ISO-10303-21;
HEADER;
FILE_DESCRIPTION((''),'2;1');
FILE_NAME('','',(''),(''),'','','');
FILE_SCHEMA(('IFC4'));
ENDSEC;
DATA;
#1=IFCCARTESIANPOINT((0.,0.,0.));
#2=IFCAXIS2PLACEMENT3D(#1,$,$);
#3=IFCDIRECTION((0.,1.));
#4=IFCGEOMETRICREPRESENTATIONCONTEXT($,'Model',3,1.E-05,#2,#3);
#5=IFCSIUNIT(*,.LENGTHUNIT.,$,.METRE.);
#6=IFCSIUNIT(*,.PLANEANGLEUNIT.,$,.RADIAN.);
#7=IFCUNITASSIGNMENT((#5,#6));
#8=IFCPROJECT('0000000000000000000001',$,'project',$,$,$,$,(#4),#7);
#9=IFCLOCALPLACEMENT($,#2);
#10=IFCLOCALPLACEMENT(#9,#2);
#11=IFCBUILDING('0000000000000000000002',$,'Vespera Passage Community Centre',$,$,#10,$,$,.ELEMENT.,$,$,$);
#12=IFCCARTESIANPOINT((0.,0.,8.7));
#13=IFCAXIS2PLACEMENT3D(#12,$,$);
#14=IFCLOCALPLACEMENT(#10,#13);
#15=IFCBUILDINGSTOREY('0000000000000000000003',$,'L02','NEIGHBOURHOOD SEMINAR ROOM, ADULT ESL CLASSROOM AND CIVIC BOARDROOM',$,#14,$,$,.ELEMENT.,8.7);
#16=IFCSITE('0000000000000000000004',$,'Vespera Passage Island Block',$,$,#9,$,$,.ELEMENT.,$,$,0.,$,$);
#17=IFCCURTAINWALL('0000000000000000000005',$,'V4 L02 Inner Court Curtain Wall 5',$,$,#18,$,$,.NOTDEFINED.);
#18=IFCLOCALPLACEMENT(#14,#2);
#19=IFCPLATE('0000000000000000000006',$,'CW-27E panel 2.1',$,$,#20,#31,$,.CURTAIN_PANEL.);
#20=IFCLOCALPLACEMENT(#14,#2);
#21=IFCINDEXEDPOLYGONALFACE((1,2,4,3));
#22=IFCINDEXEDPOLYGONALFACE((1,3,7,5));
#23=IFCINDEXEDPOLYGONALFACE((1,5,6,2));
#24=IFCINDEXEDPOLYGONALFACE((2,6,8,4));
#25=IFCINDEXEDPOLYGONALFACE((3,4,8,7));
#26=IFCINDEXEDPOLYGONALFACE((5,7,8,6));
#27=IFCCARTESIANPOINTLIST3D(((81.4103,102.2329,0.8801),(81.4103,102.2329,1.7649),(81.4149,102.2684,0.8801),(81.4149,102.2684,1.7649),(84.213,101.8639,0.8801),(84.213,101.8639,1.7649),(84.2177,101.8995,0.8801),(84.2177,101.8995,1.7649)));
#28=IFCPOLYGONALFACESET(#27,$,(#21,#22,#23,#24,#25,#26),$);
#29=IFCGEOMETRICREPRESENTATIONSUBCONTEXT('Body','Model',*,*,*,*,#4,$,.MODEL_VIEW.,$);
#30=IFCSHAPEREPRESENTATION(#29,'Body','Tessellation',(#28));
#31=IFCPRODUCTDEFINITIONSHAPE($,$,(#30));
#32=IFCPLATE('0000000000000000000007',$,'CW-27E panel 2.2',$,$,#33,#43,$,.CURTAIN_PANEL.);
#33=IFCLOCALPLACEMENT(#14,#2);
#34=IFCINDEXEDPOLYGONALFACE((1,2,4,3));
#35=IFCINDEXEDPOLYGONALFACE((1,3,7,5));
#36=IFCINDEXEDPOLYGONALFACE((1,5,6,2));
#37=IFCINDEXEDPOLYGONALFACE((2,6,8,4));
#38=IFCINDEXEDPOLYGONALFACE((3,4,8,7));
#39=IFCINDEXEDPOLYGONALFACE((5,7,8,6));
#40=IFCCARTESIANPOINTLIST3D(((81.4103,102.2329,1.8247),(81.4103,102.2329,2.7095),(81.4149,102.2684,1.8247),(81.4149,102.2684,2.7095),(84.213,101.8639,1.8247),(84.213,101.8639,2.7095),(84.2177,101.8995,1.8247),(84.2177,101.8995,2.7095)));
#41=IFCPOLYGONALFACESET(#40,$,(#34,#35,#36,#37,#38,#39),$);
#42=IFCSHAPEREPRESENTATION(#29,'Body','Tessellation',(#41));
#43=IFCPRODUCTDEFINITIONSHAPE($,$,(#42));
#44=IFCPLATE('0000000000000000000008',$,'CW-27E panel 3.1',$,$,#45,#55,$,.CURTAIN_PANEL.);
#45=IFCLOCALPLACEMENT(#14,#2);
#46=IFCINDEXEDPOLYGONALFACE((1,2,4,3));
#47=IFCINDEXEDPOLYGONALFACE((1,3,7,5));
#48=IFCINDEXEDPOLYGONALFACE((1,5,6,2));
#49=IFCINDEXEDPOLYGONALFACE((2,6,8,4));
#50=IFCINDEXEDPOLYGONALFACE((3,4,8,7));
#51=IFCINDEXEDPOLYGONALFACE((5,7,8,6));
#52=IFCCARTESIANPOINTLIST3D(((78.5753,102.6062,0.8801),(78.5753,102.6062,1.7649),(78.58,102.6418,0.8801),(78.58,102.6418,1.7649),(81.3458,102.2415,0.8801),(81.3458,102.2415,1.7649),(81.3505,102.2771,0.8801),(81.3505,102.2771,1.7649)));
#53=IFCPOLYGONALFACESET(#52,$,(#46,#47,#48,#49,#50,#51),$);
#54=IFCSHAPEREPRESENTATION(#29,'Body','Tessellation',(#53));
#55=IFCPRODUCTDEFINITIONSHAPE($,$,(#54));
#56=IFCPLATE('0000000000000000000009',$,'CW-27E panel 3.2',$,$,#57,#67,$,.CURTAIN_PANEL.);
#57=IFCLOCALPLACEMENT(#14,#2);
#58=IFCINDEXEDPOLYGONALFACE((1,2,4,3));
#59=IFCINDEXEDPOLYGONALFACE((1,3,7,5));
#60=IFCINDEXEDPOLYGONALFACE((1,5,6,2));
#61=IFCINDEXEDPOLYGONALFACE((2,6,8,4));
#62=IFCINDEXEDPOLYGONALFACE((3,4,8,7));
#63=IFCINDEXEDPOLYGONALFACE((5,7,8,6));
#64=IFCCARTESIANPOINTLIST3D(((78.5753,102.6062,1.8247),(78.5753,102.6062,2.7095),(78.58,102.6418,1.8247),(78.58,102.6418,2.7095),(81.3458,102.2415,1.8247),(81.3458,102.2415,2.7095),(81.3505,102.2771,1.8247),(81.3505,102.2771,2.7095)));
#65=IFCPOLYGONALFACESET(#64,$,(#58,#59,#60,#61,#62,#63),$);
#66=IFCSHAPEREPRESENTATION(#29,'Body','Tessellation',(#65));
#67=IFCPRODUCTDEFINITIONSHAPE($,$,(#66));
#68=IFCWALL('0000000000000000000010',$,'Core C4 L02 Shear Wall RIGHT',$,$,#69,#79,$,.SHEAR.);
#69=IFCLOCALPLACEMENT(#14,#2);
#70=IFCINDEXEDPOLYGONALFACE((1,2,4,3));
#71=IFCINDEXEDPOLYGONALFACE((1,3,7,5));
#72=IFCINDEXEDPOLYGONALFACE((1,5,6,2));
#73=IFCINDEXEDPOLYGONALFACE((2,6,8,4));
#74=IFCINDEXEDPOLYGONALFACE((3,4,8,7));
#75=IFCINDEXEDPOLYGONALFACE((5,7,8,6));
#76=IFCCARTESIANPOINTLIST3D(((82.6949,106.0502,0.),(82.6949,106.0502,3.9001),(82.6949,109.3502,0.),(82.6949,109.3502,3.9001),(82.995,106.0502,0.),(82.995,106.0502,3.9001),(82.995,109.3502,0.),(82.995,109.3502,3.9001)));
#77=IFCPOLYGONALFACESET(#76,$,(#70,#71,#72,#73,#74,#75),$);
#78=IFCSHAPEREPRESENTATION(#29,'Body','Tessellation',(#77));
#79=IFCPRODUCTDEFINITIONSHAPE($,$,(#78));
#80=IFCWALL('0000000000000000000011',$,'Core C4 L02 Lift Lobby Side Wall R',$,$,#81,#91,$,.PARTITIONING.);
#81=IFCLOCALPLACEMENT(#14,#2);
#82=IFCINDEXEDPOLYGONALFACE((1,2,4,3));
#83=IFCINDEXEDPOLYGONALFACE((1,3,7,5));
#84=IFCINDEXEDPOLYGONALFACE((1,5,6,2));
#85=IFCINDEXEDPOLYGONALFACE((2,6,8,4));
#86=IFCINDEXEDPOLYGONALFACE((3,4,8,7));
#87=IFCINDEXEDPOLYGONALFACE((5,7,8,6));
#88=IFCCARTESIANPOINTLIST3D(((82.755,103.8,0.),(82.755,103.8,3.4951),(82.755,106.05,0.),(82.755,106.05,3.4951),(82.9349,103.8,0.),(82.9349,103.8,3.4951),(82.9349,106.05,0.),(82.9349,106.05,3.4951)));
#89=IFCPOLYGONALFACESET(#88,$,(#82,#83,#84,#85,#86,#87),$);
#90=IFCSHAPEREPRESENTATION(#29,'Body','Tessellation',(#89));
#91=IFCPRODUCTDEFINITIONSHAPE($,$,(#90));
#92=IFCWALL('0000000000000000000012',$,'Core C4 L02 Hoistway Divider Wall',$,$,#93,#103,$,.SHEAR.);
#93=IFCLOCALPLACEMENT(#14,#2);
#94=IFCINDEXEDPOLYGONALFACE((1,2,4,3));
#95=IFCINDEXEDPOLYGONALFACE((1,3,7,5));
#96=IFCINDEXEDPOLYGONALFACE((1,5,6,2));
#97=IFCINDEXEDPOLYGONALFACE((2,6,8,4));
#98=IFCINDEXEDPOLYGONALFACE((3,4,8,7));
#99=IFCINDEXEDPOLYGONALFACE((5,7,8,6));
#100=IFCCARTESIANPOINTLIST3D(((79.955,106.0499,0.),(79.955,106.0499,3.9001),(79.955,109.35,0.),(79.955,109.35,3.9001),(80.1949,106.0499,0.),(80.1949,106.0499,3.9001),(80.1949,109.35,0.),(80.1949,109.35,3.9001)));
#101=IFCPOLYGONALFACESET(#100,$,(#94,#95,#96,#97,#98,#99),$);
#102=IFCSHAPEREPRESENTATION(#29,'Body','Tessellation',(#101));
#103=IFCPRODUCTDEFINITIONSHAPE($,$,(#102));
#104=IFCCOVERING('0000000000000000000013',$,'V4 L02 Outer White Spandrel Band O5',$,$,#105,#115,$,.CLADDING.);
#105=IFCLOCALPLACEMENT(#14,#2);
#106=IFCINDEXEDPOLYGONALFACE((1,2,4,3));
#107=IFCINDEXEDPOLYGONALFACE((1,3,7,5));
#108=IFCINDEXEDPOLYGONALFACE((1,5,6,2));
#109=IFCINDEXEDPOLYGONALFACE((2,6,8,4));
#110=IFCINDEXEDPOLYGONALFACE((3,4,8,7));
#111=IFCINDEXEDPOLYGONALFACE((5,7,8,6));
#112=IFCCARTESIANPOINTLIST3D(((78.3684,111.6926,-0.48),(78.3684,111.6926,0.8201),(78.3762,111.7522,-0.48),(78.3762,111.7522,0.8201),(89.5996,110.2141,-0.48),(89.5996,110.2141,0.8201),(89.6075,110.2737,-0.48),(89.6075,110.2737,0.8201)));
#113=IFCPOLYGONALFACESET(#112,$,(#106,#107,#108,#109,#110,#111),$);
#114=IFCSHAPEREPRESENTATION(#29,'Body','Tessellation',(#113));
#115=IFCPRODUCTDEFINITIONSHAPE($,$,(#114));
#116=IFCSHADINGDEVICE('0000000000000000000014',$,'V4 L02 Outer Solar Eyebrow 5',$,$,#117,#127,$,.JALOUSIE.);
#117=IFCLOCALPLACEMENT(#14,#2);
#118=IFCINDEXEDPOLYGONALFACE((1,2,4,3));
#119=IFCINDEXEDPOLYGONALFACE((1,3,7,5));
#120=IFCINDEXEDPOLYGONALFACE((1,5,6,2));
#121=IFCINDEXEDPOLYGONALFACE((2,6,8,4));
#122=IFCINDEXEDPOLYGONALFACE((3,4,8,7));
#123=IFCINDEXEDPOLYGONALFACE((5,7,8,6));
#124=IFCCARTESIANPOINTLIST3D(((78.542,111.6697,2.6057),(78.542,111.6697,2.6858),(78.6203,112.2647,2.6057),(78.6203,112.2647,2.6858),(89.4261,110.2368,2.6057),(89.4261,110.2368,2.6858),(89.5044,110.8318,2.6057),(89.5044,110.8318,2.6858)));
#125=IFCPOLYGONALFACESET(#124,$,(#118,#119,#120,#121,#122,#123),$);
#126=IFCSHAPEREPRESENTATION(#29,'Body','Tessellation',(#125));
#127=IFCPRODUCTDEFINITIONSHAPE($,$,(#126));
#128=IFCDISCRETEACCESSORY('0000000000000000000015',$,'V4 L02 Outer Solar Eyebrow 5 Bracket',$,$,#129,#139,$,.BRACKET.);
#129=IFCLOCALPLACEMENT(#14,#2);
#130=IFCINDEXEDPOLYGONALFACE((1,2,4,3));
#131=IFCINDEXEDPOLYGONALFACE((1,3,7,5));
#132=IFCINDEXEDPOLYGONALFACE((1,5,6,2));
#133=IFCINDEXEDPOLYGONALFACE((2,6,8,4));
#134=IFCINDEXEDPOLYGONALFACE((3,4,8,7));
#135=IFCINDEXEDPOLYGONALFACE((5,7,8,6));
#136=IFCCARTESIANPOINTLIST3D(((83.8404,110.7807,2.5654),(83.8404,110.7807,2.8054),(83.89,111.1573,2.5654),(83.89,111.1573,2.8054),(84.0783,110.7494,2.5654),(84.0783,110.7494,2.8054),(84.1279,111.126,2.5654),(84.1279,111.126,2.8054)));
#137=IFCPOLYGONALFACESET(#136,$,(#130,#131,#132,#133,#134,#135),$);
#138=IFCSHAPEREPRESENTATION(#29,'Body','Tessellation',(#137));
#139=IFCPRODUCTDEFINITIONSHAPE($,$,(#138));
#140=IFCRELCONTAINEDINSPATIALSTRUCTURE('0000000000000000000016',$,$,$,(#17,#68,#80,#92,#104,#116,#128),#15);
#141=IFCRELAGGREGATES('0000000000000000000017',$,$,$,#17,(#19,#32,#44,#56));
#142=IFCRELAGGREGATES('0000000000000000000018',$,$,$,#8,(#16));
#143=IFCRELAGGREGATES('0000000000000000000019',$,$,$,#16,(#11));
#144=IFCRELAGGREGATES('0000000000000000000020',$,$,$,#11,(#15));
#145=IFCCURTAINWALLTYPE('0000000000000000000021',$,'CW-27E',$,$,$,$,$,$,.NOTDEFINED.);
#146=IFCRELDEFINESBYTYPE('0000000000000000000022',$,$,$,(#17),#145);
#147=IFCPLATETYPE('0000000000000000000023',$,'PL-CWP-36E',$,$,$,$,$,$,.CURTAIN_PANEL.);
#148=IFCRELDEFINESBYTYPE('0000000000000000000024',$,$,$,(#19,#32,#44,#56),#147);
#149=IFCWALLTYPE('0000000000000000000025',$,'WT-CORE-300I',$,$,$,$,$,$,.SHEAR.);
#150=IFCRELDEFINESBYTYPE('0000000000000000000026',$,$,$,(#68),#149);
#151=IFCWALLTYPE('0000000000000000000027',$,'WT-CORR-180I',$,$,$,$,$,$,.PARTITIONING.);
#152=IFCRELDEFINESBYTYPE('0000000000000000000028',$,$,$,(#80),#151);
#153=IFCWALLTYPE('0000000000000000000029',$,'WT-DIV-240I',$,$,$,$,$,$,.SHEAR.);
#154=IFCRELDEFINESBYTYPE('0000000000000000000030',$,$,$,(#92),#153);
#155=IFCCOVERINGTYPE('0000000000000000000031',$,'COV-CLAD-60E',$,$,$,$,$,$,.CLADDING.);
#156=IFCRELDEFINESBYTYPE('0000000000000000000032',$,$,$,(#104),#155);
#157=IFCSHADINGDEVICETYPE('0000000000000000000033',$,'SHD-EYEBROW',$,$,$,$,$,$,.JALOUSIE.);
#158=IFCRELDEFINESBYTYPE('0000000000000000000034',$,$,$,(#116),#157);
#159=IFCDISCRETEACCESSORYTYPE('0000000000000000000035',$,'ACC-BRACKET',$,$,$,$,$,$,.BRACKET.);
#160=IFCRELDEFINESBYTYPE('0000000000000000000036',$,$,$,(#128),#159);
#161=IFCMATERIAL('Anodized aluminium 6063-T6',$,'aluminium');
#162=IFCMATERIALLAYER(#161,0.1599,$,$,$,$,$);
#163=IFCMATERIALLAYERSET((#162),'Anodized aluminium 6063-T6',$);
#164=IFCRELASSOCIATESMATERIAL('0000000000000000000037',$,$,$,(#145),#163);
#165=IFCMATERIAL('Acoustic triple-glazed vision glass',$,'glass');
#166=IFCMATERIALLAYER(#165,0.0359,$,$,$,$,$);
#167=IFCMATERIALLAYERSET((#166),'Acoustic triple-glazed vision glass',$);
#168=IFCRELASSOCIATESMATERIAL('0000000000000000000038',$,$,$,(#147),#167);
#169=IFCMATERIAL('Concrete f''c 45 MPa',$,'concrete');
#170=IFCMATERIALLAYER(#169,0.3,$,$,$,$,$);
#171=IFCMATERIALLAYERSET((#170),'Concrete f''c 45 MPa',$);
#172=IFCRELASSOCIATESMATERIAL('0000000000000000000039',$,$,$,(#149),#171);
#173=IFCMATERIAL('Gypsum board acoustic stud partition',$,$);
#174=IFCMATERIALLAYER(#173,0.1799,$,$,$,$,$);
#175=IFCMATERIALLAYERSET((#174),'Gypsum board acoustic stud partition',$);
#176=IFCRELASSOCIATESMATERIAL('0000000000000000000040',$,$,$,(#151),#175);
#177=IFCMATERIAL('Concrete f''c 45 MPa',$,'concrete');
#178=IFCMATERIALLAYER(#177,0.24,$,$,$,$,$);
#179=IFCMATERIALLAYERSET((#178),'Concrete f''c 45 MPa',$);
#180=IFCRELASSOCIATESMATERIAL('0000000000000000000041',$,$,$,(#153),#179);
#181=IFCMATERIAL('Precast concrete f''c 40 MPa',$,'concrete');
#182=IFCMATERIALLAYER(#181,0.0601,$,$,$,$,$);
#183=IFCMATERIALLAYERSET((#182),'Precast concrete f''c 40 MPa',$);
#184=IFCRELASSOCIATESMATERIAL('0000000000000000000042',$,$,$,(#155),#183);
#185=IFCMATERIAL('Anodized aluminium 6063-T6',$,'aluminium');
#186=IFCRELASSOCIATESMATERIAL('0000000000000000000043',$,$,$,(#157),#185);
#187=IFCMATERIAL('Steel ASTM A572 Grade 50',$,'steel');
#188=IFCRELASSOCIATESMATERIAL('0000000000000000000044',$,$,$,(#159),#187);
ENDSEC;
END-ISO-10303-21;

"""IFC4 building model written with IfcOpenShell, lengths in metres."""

from ifc_helpers import new_model, si_unit, direction, frame, frame_2d, origin, origin_2d, place, context, subcontext, project, spatial, rectangle, extrude, material, layer, layer_set, type_object, element, aggregate, save


model = new_model("IFC4")

# Units and contexts
model_context = context("Model", 3, precision=1e-05, world=origin(), true_north=direction((0.0, 1.0)))
body_context = subcontext(model_context, "Body", "Model", "MODEL_VIEW")
ifc_project = project(units=[si_unit("LENGTHUNIT", "METRE"), si_unit("PLANEANGLEUNIT", "RADIAN")], contexts=[model_context])

# Site, building, storey
site_placement = place(None, origin())
site = spatial("IfcSite", under=ifc_project, at=site_placement, Name="Vespera Passage Island Block", CompositionType="ELEMENT", RefElevation=0.0)
building_placement = place(site_placement, origin())
building = spatial("IfcBuilding", under=site, at=building_placement, Name="Vespera Passage Community Centre", CompositionType="ELEMENT")
storey_placement = place(building_placement, frame((0.0, 0.0, 8.7)))
storey = spatial("IfcBuildingStorey", under=building, at=storey_placement, Name="L02", Description="NEIGHBOURHOOD SEMINAR ROOM, ADULT ESL CLASSROOM AND CIVIC BOARDROOM", CompositionType="ELEMENT", Elevation=8.7)

# Curtain wall
ifc_material_1 = material(Name="Anodized aluminium 6063-T6", Category="aluminium")
ifc_layer_1 = layer(ifc_material_1, 0.1599)
ifc_layer_set_1 = layer_set([ifc_layer_1], Name="Anodized aluminium 6063-T6")
curtain_wall_type_1 = type_object("IfcCurtainWallType", Name="CW-27E", PredefinedType="NOTDEFINED", material=ifc_layer_set_1)
curtain_wall_1_placement = place(storey_placement, origin())
curtain_wall_1 = element("IfcCurtainWall", 1, at=curtain_wall_1_placement, inside=storey, type_object=curtain_wall_type_1, Name="V4 L02 Inner Court Curtain Wall 5", PredefinedType="NOTDEFINED")

# Plates
ifc_material_2 = material(Name="Acoustic triple-glazed vision glass", Category="glass")
ifc_layer_2 = layer(ifc_material_2, 0.0359)
ifc_layer_set_2 = layer_set([ifc_layer_2], Name="Acoustic triple-glazed vision glass")
plate_type = type_object("IfcPlateType", Name="PL-CWP-36E", PredefinedType="CURTAIN_PANEL", material=ifc_layer_set_2)
plate_1_placement = place(storey_placement, frame((82.814, 102.0662, 0.8801), z_axis=(0.0, 0.0, 1.0), x_axis=(-0.991445, 0.130522, 0.0)))
plate_1 = element("IfcPlate", 2, at=plate_1_placement, type_object=plate_type, Name="CW-27E panel 2.1", PredefinedType="CURTAIN_PANEL", context=body_context, shape_type="SweptSolid", body=[
    extrude(rectangle(XDim=2.8269, YDim=0.0359, at=origin_2d()), origin(), (0.0, 0.0, 1.0), 0.8848),
])
plate_2_placement = place(storey_placement, frame((82.814, 102.0662, 1.8247), z_axis=(0.0, 0.0, 1.0), x_axis=(-0.991445, 0.130522, 0.0)))
plate_2 = element("IfcPlate", 3, at=plate_2_placement, type_object=plate_type, Name="CW-27E panel 2.2", PredefinedType="CURTAIN_PANEL", context=body_context, shape_type="SweptSolid", body=[
    extrude(rectangle(XDim=2.8269, YDim=0.0359, at=origin_2d()), origin(), (0.0, 0.0, 1.0), 0.8848),
])
plate_3_placement = place(storey_placement, frame((79.9629, 102.4417, 0.8801), z_axis=(0.0, 0.0, 1.0), x_axis=(-0.991445, 0.130522, 0.0)))
plate_3 = element("IfcPlate", 4, at=plate_3_placement, type_object=plate_type, Name="CW-27E panel 3.1", PredefinedType="CURTAIN_PANEL", context=body_context, shape_type="SweptSolid", body=[
    extrude(rectangle(XDim=2.7944, YDim=0.0359, at=origin_2d()), origin(), (0.0, 0.0, 1.0), 0.8848),
])
plate_4_placement = place(storey_placement, frame((79.9629, 102.4417, 1.8247), z_axis=(0.0, 0.0, 1.0), x_axis=(-0.991445, 0.130522, 0.0)))
plate_4 = element("IfcPlate", 5, at=plate_4_placement, type_object=plate_type, Name="CW-27E panel 3.2", PredefinedType="CURTAIN_PANEL", context=body_context, shape_type="SweptSolid", body=[
    extrude(rectangle(XDim=2.7944, YDim=0.0359, at=origin_2d()), origin(), (0.0, 0.0, 1.0), 0.8848),
])
aggregate(curtain_wall_1, [plate_1, plate_2, plate_3, plate_4])

# Shared definitions
ifc_material_3 = material(Name="Concrete f'c 45 MPa", Category="concrete")
ifc_layer_3 = layer(ifc_material_3, 0.3)
ifc_layer_set_3 = layer_set([ifc_layer_3], Name="Concrete f'c 45 MPa")
wall_type_1 = type_object("IfcWallType", Name="WT-CORE-300I", PredefinedType="SHEAR", material=ifc_layer_set_3)

# Walls
wall_1_placement = place(storey_placement, frame((82.845, 109.3501, 0.0), z_axis=(0.0, 0.0, 1.0), x_axis=(0.0, -1.0, 0.0)))
element("IfcWall", 6, at=wall_1_placement, inside=storey, type_object=wall_type_1, Name="Core C4 L02 Shear Wall RIGHT", PredefinedType="SHEAR", context=body_context, shape_type="SweptSolid", body=[
    extrude(rectangle(XDim=3.3, YDim=0.3, at=frame_2d((1.6499, 0.0))), origin(), (0.0, 0.0, 1.0), 3.9001),
])
ifc_material_4 = material(Name="Gypsum board acoustic stud partition")
ifc_layer_4 = layer(ifc_material_4, 0.1799)
ifc_layer_set_4 = layer_set([ifc_layer_4], Name="Gypsum board acoustic stud partition")
wall_type_2 = type_object("IfcWallType", Name="WT-CORR-180I", PredefinedType="PARTITIONING", material=ifc_layer_set_4)
wall_2_placement = place(storey_placement, frame((82.845, 106.05, 0.0), z_axis=(0.0, 0.0, 1.0), x_axis=(0.0, -1.0, 0.0)))
element("IfcWall", 7, at=wall_2_placement, inside=storey, type_object=wall_type_2, Name="Core C4 L02 Lift Lobby Side Wall R", PredefinedType="PARTITIONING", context=body_context, shape_type="SweptSolid", body=[
    extrude(rectangle(XDim=2.25, YDim=0.1799, at=frame_2d((1.125, 0.0))), origin(), (0.0, 0.0, 1.0), 3.4951),
])
ifc_material_5 = material(Name="Concrete f'c 45 MPa", Category="concrete")
ifc_layer_5 = layer(ifc_material_5, 0.24)
ifc_layer_set_5 = layer_set([ifc_layer_5], Name="Concrete f'c 45 MPa")
wall_type_3 = type_object("IfcWallType", Name="WT-DIV-240I", PredefinedType="SHEAR", material=ifc_layer_set_5)
wall_3_placement = place(storey_placement, frame((80.075, 106.05, 0.0), z_axis=(0.0, 0.0, 1.0), x_axis=(0.0, 1.0, 0.0)))
element("IfcWall", 8, at=wall_3_placement, inside=storey, type_object=wall_type_3, Name="Core C4 L02 Hoistway Divider Wall", PredefinedType="SHEAR", context=body_context, shape_type="SweptSolid", body=[
    extrude(rectangle(XDim=3.3, YDim=0.24, at=frame_2d((1.6499, 0.0))), origin(), (0.0, 0.0, 1.0), 3.9001),
])

# Covering
ifc_material_6 = material(Name="Precast concrete f'c 40 MPa", Category="concrete")
ifc_layer_6 = layer(ifc_material_6, 0.0601)
ifc_layer_set_6 = layer_set([ifc_layer_6], Name="Precast concrete f'c 40 MPa")
covering_type = type_object("IfcCoveringType", Name="COV-CLAD-60E", PredefinedType="CLADDING", material=ifc_layer_set_6)
covering_placement = place(storey_placement, frame((78.3723, 111.7224, -0.48), z_axis=(0.0, 0.0, 1.0), x_axis=(0.991446, -0.130518, 0.0)))
element("IfcCovering", 9, at=covering_placement, inside=storey, type_object=covering_type, Name="V4 L02 Outer White Spandrel Band O5", PredefinedType="CLADDING", context=body_context, shape_type="SweptSolid", body=[
    extrude(rectangle(XDim=11.3281, YDim=0.0601, at=frame_2d((5.6641, 0.0))), origin(), (0.0, 0.0, 1.0), 1.3),
])

# Shading device
ifc_material_7 = material(Name="Anodized aluminium 6063-T6", Category="aluminium")
shading_device_type = type_object("IfcShadingDeviceType", Name="SHD-EYEBROW", PredefinedType="JALOUSIE", material=ifc_material_7)
shading_device_placement = place(storey_placement, frame((84.0232, 111.2507, 2.6057), z_axis=(0.0, 0.0, 1.0), x_axis=(0.991445, -0.130526, 0.0)))
element("IfcShadingDevice", 10, at=shading_device_placement, inside=storey, type_object=shading_device_type, Name="V4 L02 Outer Solar Eyebrow 5", PredefinedType="JALOUSIE", context=body_context, shape_type="SweptSolid", body=[
    extrude(rectangle(XDim=10.978, YDim=0.6001, at=origin_2d()), origin(), (0.0, 0.0, 1.0), 0.0801),
])

# Discrete accessory
ifc_material_8 = material(Name="Steel ASTM A572 Grade 50", Category="steel")
discrete_accessory_type = type_object("IfcDiscreteAccessoryType", Name="ACC-BRACKET", PredefinedType="BRACKET", material=ifc_material_8)
discrete_accessory_placement = place(storey_placement, frame((83.9841, 110.9534, 2.5654), z_axis=(0.0, 0.0, 1.0), x_axis=(0.991445, -0.130526, 0.0)))
element("IfcDiscreteAccessory", 11, at=discrete_accessory_placement, inside=storey, type_object=discrete_accessory_type, Name="V4 L02 Outer Solar Eyebrow 5 Bracket", PredefinedType="BRACKET", context=body_context, shape_type="SweptSolid", body=[
    extrude(rectangle(XDim=0.24, YDim=0.3799, at=origin_2d()), origin(), (0.0, 0.0, 1.0), 0.24),
])

save(model, "model.ifc")
